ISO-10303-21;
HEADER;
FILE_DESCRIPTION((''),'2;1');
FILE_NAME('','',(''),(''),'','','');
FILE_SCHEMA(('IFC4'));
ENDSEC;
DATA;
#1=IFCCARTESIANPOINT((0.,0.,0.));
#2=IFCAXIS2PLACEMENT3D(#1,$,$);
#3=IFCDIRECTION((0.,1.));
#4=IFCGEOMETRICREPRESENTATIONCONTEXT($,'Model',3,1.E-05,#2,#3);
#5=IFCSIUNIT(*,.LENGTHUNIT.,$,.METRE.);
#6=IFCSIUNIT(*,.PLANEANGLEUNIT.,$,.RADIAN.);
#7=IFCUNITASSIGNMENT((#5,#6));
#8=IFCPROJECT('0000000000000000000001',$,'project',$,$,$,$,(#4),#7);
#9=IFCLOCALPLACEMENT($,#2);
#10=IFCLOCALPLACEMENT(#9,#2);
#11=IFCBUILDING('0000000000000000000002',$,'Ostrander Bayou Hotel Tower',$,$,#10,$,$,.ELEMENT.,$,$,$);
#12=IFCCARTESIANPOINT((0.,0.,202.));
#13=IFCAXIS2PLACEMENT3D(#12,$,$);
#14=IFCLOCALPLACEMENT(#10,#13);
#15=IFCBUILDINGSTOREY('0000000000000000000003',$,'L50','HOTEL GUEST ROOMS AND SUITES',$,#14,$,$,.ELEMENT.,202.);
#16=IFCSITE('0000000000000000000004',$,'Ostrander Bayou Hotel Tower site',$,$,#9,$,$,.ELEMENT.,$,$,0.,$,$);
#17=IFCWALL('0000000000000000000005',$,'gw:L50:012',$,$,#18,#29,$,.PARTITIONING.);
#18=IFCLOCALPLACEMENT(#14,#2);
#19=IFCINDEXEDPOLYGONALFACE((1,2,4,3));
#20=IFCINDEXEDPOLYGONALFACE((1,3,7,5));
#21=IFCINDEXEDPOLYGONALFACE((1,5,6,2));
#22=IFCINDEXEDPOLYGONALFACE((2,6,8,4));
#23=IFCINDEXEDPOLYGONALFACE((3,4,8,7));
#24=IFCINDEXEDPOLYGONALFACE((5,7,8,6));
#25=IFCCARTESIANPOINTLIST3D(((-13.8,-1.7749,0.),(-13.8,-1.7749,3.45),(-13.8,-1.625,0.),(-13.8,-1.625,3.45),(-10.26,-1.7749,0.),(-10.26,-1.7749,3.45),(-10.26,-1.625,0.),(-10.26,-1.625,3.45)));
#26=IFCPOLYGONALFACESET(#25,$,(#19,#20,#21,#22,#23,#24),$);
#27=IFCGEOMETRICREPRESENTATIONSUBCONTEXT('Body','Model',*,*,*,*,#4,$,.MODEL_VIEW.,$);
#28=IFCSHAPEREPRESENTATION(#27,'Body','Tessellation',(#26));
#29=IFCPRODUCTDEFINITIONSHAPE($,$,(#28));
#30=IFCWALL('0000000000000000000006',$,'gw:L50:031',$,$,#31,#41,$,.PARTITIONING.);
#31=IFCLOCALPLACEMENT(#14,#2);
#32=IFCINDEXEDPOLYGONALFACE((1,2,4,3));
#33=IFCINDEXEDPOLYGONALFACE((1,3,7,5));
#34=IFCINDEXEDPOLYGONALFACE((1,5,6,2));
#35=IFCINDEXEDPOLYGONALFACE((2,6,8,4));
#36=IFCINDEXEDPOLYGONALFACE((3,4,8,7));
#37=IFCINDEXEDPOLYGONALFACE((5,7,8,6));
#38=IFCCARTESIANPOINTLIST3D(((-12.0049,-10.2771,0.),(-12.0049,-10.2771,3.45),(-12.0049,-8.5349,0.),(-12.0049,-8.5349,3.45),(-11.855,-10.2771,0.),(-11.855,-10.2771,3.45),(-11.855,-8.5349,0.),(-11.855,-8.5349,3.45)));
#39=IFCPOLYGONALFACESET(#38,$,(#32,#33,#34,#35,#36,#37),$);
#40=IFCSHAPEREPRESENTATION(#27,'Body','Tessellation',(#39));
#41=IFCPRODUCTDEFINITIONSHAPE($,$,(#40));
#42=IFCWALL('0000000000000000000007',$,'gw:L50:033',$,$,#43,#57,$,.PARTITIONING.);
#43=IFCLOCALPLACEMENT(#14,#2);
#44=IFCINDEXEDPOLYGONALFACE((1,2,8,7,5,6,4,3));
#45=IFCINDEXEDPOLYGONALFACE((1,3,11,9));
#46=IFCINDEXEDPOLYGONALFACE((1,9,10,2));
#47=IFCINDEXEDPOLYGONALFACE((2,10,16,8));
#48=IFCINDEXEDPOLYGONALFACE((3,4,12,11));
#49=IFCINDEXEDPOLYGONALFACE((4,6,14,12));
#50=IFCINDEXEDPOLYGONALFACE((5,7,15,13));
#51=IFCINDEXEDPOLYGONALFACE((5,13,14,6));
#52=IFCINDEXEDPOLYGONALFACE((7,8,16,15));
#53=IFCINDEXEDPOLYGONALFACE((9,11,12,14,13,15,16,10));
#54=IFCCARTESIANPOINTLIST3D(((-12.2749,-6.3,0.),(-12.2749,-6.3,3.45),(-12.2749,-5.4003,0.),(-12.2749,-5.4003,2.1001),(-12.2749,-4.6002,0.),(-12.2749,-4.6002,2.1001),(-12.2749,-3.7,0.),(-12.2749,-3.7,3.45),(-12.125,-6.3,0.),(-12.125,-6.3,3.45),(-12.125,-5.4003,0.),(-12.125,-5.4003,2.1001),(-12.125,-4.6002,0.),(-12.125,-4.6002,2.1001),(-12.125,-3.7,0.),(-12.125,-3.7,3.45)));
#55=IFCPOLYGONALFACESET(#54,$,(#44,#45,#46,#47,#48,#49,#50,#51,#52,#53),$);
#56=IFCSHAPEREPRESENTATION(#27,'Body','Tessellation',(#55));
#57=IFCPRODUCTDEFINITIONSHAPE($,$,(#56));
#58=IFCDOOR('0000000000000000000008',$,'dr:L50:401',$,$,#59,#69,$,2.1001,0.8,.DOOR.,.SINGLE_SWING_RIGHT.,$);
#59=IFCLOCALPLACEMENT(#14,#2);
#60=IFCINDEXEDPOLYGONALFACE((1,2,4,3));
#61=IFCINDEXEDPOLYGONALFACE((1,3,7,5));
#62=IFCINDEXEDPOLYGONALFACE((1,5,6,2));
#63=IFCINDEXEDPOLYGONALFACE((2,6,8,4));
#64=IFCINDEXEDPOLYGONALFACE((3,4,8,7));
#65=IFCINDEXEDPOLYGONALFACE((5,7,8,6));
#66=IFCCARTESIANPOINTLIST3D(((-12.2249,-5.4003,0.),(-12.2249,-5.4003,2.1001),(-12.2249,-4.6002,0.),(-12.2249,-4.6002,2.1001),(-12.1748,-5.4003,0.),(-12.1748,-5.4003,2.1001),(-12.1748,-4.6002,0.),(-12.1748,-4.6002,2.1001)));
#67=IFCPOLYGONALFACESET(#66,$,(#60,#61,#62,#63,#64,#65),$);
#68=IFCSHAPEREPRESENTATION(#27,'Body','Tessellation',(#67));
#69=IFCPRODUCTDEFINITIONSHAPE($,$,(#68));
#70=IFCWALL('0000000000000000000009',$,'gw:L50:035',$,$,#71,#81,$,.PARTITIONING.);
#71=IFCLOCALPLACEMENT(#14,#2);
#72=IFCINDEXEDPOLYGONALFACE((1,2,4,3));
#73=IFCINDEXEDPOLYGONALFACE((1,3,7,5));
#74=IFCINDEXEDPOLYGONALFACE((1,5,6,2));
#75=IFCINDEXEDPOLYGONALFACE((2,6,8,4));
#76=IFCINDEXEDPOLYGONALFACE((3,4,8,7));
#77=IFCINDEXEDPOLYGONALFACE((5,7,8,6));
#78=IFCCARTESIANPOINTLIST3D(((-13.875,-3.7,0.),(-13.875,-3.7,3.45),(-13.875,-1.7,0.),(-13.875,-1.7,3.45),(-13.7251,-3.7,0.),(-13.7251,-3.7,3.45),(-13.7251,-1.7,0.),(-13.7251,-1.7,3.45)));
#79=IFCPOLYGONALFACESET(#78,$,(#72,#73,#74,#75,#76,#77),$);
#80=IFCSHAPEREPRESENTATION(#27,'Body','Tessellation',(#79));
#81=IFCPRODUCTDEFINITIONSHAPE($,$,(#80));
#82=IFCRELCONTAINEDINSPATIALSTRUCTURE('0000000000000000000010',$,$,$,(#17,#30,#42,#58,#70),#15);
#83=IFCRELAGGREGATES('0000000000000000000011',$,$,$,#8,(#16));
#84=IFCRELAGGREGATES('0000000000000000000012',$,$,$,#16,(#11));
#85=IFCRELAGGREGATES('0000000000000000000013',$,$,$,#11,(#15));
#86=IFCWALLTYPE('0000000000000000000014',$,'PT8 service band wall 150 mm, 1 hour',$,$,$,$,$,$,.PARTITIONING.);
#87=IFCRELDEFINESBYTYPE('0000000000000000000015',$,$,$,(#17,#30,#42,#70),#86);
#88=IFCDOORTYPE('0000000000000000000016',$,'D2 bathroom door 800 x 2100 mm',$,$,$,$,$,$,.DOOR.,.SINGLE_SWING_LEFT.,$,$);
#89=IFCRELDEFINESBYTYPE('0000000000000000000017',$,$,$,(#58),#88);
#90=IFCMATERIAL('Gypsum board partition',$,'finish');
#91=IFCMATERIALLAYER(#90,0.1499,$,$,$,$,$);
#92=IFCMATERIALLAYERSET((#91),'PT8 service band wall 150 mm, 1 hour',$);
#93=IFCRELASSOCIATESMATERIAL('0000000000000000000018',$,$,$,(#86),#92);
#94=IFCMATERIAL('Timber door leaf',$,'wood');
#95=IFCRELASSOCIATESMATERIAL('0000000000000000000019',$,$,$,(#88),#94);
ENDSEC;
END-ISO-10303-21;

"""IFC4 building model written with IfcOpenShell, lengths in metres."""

from ifc_helpers import new_model, si_unit, direction, frame, frame_2d, origin, place, context, subcontext, project, spatial, rectangle, extrude, material, layer, layer_set, type_object, element, fill, save


model = new_model("IFC4")

# Units and contexts
model_context = context("Model", 3, precision=1e-05, world=origin(), true_north=direction((0.0, 1.0)))
body_context = subcontext(model_context, "Body", "Model", "MODEL_VIEW")
ifc_project = project(units=[si_unit("LENGTHUNIT", "METRE"), si_unit("PLANEANGLEUNIT", "RADIAN")], contexts=[model_context])

# Site, building, storey
site_placement = place(None, origin())
site = spatial("IfcSite", under=ifc_project, at=site_placement, Name="Ostrander Bayou Hotel Tower site", CompositionType="ELEMENT", RefElevation=0.0)
building_placement = place(site_placement, origin())
building = spatial("IfcBuilding", under=site, at=building_placement, Name="Ostrander Bayou Hotel Tower", CompositionType="ELEMENT")
storey_placement = place(building_placement, frame((0.0, 0.0, 202.0)))
storey = spatial("IfcBuildingStorey", under=building, at=storey_placement, Name="L50", Description="HOTEL GUEST ROOMS AND SUITES", CompositionType="ELEMENT", Elevation=202.0)

# Shared definitions
ifc_material_1 = material(Name="Gypsum board partition", Category="finish")
ifc_layer_1 = layer(ifc_material_1, 0.1499)
ifc_layer_set_1 = layer_set([ifc_layer_1], Name="PT8 service band wall 150 mm, 1 hour")
wall_type_1 = type_object("IfcWallType", Name="PT8 service band wall 150 mm, 1 hour", PredefinedType="PARTITIONING", material=ifc_layer_set_1)

# Walls
wall_1_placement = place(storey_placement, frame((-13.8, -1.7, 0.0), z_axis=(0.0, 0.0, 1.0), x_axis=(1.0, 0.0, 0.0)))
element("IfcWall", 1, at=wall_1_placement, inside=storey, type_object=wall_type_1, Name="gw:L50:012", PredefinedType="PARTITIONING", context=body_context, shape_type="SweptSolid", body=[
    extrude(rectangle(XDim=3.54, YDim=0.1499, at=frame_2d((1.77, 0.0))), origin(), (0.0, 0.0, 1.0), 3.45),
])
wall_2_placement = place(storey_placement, frame((-11.9299, -10.2771, 0.0), z_axis=(0.0, 0.0, 1.0), x_axis=(0.0, 1.0, 0.0)))
element("IfcWall", 2, at=wall_2_placement, inside=storey, type_object=wall_type_1, Name="gw:L50:031", PredefinedType="PARTITIONING", context=body_context, shape_type="SweptSolid", body=[
    extrude(rectangle(XDim=1.7422, YDim=0.1499, at=frame_2d((0.8711, 0.0))), origin(), (0.0, 0.0, 1.0), 3.45),
])

# Wall, opening, door
wall_3_placement = place(storey_placement, frame((-12.2, -6.3, 0.0), z_axis=(0.0, 0.0, 1.0), x_axis=(0.0, 1.0, 0.0)))
wall_3 = element("IfcWall", 3, at=wall_3_placement, inside=storey, type_object=wall_type_1, Name="gw:L50:033", PredefinedType="PARTITIONING", context=body_context, shape_type="SweptSolid", body=[
    extrude(rectangle(XDim=2.6001, YDim=0.1499, at=frame_2d((1.3, 0.0))), origin(), (0.0, 0.0, 1.0), 3.45),
])
opening_1_placement = place(wall_3_placement, frame((0.8999, 0.0, 0.0)))
opening_1 = element("IfcOpeningElement", 4, at=opening_1_placement, cuts=wall_3, PredefinedType="OPENING", context=body_context, shape_type="SweptSolid", body=[
    extrude(rectangle(XDim=0.8, YDim=2.1001, at=frame_2d((0.3999, 1.05))), frame((0.0, 0.075, 0.0), z_axis=(0.0, -1.0, 0.0), x_axis=(1.0, 0.0, 0.0)), (0.0, 0.0, 1.0), 0.1499),
])
ifc_material_2 = material(Name="Timber door leaf", Category="wood")
door_type_1 = type_object("IfcDoorType", Name="D2 bathroom door 800 x 2100 mm", OperationType="SINGLE_SWING_LEFT", PredefinedType="DOOR", material=ifc_material_2)
door_1_placement = place(opening_1_placement, origin())
door_1 = element("IfcDoor", 5, at=door_1_placement, inside=storey, type_object=door_type_1, Name="dr:L50:401", OperationType="SINGLE_SWING_RIGHT", OverallHeight=2.1001, OverallWidth=0.8, PredefinedType="DOOR", context=body_context, shape_type="SweptSolid", body=[
    extrude(rectangle(XDim=0.8, YDim=2.1001, at=frame_2d((0.3999, 1.05))), frame((0.0, 0.0249, 0.0), z_axis=(0.0, -1.0, 0.0), x_axis=(1.0, 0.0, 0.0)), (0.0, 0.0, 1.0), 0.05),
])
fill(opening_1, door_1)

# Wall
wall_4_placement = place(storey_placement, frame((-13.8, -3.7, 0.0), z_axis=(0.0, 0.0, 1.0), x_axis=(0.0, 1.0, 0.0)))
element("IfcWall", 6, at=wall_4_placement, inside=storey, type_object=wall_type_1, Name="gw:L50:035", PredefinedType="PARTITIONING", context=body_context, shape_type="SweptSolid", body=[
    extrude(rectangle(XDim=2.0, YDim=0.1499, at=frame_2d((1.0, 0.0))), origin(), (0.0, 0.0, 1.0), 3.45),
])

save(model, "model.ifc")
